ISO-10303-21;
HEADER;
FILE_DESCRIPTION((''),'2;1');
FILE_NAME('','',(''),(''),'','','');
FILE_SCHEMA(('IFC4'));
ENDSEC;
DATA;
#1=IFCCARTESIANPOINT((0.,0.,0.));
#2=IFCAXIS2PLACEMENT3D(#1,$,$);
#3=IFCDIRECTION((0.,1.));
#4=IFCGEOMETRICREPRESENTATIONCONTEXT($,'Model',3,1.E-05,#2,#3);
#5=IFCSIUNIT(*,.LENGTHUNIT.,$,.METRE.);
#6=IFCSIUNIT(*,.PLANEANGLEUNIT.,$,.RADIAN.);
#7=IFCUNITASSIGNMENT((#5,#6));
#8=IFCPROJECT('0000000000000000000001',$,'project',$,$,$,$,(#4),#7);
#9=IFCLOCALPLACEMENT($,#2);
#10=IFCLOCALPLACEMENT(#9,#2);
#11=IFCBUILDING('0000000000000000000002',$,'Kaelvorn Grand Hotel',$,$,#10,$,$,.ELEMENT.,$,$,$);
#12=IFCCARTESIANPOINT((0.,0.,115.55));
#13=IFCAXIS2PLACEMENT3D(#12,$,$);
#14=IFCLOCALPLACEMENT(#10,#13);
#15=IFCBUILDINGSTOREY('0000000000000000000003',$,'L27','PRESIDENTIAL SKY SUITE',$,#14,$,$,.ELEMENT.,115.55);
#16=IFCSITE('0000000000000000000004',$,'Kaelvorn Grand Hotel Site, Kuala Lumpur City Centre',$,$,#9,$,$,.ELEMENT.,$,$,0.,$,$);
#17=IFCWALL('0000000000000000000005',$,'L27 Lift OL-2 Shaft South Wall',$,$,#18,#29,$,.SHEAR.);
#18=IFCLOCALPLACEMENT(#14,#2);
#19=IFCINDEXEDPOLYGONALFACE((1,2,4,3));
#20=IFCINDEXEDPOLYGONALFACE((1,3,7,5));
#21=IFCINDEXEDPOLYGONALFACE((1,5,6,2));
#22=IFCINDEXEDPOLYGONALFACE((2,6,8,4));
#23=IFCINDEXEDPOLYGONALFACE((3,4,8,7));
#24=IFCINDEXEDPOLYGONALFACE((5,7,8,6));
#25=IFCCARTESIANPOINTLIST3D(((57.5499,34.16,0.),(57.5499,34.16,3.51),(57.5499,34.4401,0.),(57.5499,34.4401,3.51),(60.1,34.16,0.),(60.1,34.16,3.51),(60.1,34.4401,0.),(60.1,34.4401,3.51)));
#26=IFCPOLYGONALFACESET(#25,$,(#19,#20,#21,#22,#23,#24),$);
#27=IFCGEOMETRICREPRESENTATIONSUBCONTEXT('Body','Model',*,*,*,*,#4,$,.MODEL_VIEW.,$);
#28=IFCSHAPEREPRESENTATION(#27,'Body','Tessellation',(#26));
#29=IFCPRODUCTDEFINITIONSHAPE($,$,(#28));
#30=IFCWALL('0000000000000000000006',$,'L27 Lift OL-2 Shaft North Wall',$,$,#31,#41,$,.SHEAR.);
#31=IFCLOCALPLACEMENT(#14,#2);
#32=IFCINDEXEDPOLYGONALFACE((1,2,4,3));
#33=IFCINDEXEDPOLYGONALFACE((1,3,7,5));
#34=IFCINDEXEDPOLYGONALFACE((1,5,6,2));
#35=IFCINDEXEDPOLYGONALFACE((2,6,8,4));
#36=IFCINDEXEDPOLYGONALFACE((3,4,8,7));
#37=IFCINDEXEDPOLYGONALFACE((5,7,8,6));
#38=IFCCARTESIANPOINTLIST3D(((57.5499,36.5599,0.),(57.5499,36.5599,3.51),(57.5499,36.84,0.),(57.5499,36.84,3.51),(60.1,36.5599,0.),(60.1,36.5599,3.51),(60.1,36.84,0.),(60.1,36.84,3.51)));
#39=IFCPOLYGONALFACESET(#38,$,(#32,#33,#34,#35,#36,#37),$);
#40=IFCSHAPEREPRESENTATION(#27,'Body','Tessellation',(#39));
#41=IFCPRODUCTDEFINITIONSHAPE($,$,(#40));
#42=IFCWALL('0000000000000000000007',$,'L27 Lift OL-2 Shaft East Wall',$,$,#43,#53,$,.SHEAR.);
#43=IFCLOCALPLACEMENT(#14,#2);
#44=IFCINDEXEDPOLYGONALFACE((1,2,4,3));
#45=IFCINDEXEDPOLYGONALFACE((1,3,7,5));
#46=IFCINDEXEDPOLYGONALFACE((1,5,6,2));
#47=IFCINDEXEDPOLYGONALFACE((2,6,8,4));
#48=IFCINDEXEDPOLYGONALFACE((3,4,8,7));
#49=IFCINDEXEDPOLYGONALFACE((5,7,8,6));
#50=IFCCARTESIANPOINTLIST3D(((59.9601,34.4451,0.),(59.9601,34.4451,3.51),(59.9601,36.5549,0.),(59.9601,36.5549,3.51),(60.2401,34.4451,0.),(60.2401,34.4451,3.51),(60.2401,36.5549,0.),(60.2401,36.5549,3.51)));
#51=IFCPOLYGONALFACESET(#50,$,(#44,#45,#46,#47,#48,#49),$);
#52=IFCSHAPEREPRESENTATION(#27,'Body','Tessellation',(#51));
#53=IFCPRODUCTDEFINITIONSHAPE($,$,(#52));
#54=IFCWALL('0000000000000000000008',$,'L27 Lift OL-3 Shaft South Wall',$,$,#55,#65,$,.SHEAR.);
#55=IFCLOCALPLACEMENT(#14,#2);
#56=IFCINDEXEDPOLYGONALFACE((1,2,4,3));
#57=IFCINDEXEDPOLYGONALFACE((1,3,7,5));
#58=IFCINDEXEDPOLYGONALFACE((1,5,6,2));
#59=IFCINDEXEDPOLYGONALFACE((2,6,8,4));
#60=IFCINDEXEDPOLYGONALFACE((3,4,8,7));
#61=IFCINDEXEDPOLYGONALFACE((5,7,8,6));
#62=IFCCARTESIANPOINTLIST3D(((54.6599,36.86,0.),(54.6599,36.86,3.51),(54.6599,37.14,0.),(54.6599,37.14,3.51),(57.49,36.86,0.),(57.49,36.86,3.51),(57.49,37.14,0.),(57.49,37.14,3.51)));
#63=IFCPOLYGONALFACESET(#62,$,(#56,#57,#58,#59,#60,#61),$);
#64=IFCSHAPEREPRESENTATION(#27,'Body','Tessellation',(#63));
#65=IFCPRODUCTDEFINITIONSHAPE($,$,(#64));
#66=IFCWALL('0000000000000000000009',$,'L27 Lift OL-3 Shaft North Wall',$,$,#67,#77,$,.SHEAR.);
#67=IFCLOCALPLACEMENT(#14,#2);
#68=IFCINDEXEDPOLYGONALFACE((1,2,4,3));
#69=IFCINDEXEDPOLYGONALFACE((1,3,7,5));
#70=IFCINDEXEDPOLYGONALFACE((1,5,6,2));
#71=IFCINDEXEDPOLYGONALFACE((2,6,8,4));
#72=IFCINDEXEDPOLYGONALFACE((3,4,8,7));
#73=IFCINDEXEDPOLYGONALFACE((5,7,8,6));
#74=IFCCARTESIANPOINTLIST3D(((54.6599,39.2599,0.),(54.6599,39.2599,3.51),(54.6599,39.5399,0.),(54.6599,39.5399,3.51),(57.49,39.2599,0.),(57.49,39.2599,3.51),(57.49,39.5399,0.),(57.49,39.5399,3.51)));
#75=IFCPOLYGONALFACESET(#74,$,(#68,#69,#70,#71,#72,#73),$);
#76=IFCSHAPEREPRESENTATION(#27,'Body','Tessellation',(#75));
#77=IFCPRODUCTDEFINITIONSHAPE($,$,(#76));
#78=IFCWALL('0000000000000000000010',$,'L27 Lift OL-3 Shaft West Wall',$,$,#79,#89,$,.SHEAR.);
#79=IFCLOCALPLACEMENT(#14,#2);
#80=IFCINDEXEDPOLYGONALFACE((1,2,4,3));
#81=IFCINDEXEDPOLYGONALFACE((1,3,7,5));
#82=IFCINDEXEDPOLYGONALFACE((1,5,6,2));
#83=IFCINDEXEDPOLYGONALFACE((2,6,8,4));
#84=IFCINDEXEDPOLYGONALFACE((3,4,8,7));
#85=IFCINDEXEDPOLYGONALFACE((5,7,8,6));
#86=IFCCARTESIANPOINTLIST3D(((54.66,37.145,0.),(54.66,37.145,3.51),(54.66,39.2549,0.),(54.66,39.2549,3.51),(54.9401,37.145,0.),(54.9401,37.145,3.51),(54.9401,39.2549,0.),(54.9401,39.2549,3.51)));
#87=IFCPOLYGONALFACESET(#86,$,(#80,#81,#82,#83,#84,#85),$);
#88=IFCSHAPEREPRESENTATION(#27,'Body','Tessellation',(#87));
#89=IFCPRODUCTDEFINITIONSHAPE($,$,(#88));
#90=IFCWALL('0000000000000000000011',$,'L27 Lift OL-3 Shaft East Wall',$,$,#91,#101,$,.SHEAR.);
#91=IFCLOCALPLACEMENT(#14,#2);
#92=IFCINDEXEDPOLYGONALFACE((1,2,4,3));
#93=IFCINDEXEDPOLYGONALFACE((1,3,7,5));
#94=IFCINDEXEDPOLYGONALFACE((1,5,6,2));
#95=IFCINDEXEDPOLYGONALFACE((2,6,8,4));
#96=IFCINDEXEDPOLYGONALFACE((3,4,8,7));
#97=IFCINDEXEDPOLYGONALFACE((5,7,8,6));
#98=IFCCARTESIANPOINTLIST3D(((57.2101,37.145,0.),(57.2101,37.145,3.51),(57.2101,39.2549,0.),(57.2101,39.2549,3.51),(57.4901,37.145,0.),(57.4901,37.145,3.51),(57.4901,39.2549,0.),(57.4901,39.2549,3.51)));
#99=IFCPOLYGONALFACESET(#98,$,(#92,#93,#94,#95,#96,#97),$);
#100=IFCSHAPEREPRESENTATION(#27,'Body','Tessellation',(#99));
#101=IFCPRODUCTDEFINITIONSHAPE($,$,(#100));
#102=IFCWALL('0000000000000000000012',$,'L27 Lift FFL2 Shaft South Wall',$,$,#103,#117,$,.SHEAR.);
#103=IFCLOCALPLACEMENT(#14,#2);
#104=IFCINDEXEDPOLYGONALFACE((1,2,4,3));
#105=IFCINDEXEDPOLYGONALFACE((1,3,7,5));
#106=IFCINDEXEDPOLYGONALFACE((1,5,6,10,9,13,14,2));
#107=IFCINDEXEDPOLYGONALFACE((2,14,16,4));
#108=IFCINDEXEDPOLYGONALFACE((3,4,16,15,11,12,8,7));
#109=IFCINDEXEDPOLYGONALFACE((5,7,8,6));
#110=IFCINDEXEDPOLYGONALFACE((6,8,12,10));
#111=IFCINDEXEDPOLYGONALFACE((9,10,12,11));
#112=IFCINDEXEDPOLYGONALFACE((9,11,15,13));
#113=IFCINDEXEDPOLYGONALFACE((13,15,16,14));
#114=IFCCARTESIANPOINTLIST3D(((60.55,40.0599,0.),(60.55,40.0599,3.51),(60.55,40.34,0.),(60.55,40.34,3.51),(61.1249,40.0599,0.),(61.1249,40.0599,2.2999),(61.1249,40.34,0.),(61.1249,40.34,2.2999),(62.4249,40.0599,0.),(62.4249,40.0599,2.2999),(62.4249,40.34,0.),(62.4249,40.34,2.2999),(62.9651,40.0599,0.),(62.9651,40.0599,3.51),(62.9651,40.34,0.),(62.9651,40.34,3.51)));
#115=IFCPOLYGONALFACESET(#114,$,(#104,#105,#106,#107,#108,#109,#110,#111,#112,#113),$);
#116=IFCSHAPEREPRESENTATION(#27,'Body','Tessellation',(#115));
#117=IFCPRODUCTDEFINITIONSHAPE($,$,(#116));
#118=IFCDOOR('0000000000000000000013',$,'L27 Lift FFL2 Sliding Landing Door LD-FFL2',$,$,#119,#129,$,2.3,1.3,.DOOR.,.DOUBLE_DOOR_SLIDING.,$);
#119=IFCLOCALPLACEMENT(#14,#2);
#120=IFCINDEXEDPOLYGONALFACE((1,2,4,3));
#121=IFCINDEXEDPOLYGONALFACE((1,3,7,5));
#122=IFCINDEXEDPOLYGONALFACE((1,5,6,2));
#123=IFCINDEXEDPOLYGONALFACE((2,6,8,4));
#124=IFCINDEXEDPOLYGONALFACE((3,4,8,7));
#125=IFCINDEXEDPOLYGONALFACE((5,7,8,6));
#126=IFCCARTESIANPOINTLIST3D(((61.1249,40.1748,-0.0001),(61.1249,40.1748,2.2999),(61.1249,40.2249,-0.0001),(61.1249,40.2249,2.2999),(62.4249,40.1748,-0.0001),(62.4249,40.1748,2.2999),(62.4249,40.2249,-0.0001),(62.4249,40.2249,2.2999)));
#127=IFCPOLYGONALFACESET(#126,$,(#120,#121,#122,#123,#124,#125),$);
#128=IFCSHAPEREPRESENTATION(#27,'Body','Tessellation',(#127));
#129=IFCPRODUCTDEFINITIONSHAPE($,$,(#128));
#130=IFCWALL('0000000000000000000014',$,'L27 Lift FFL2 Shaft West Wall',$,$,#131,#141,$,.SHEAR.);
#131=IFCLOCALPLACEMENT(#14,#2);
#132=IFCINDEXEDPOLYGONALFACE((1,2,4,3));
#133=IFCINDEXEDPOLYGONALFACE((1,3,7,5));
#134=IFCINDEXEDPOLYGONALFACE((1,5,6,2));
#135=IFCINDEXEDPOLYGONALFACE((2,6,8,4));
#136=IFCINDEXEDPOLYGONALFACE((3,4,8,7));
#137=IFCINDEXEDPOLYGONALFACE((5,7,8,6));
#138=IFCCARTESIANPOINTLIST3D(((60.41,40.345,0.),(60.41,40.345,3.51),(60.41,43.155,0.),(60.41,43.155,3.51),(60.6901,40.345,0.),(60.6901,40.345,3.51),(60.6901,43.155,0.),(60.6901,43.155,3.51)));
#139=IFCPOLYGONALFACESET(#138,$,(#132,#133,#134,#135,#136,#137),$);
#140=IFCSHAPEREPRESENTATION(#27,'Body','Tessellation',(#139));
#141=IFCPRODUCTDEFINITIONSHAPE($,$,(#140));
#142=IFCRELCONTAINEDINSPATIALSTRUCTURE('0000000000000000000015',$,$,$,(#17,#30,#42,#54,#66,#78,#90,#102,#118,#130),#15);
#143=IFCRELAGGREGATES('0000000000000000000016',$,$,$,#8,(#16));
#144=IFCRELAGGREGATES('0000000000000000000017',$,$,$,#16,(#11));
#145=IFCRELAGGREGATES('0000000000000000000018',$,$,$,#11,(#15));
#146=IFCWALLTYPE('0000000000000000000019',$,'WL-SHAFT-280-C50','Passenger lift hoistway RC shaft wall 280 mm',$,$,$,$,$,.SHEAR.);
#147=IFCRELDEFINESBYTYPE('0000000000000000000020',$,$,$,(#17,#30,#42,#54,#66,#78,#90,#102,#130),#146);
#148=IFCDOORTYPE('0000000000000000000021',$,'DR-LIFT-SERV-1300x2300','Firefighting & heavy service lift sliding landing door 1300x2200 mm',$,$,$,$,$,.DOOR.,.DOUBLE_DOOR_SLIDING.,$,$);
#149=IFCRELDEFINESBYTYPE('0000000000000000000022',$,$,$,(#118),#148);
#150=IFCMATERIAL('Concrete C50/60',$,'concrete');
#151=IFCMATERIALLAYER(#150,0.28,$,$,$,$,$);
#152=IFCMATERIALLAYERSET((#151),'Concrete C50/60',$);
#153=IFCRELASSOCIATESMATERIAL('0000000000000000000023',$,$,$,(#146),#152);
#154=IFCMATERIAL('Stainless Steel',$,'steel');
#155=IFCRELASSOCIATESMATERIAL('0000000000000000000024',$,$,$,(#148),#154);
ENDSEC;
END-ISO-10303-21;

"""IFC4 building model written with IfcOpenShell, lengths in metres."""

from ifc_helpers import new_model, si_unit, direction, frame, frame_2d, origin, place, context, subcontext, project, spatial, rectangle, extrude, material, layer, layer_set, type_object, element, fill, save


model = new_model("IFC4")

# Units and contexts
model_context = context("Model", 3, precision=1e-05, world=origin(), true_north=direction((0.0, 1.0)))
body_context = subcontext(model_context, "Body", "Model", "MODEL_VIEW")
ifc_project = project(units=[si_unit("LENGTHUNIT", "METRE"), si_unit("PLANEANGLEUNIT", "RADIAN")], contexts=[model_context])

# Site, building, storey
site_placement = place(None, origin())
site = spatial("IfcSite", under=ifc_project, at=site_placement, Name="Kaelvorn Grand Hotel Site, Kuala Lumpur City Centre", CompositionType="ELEMENT", RefElevation=0.0)
building_placement = place(site_placement, origin())
building = spatial("IfcBuilding", under=site, at=building_placement, Name="Kaelvorn Grand Hotel", CompositionType="ELEMENT")
storey_placement = place(building_placement, frame((0.0, 0.0, 115.55)))
storey = spatial("IfcBuildingStorey", under=building, at=storey_placement, Name="L27", Description="PRESIDENTIAL SKY SUITE", CompositionType="ELEMENT", Elevation=115.55)

# Walls
ifc_material_1 = material(Name="Concrete C50/60", Category="concrete")
ifc_layer_1 = layer(ifc_material_1, 0.28)
ifc_layer_set_1 = layer_set([ifc_layer_1], Name="Concrete C50/60")
wall_type_1 = type_object("IfcWallType", Name="WL-SHAFT-280-C50", Description="Passenger lift hoistway RC shaft wall 280 mm", PredefinedType="SHEAR", material=ifc_layer_set_1)
for number, where, z_axis, x_axis, name in (
    (1, (57.55, 34.3, 0.0), (0.0, 0.0, 1.0), (1.0, 0.0, 0.0), "L27 Lift OL-2 Shaft South Wall"),
    (2, (57.55, 36.7, 0.0), (0.0, 0.0, 1.0), (1.0, 0.0, 0.0), "L27 Lift OL-2 Shaft North Wall"),
):
    element("IfcWall", number, at=place(storey_placement, frame(where, z_axis=z_axis, x_axis=x_axis)), inside=storey, type_object=wall_type_1, Name=name, PredefinedType="SHEAR", context=body_context, shape_type="SweptSolid", body=[
        extrude(rectangle(XDim=2.55, YDim=0.28, at=frame_2d((1.2749, 0.0))), origin(), (0.0, 0.0, 1.0), 3.51),
    ])
wall_1_placement = place(storey_placement, frame((60.1001, 34.4451, 0.0), z_axis=(0.0, 0.0, 1.0), x_axis=(0.0, 1.0, 0.0)))
element("IfcWall", 3, at=wall_1_placement, inside=storey, type_object=wall_type_1, Name="L27 Lift OL-2 Shaft East Wall", PredefinedType="SHEAR", context=body_context, shape_type="SweptSolid", body=[
    extrude(rectangle(XDim=2.1099, YDim=0.28, at=frame_2d((1.0549, 0.0))), origin(), (0.0, 0.0, 1.0), 3.51),
])
for number, where, z_axis, x_axis, name in (
    (4, (54.6599, 37.0, 0.0), (0.0, 0.0, 1.0), (1.0, 0.0, 0.0), "L27 Lift OL-3 Shaft South Wall"),
    (5, (54.6599, 39.3999, 0.0), (0.0, 0.0, 1.0), (1.0, 0.0, 0.0), "L27 Lift OL-3 Shaft North Wall"),
):
    element("IfcWall", number, at=place(storey_placement, frame(where, z_axis=z_axis, x_axis=x_axis)), inside=storey, type_object=wall_type_1, Name=name, PredefinedType="SHEAR", context=body_context, shape_type="SweptSolid", body=[
        extrude(rectangle(XDim=2.8301, YDim=0.28, at=frame_2d((1.415, 0.0))), origin(), (0.0, 0.0, 1.0), 3.51),
    ])
for number, where, z_axis, x_axis, name in (
    (6, (54.8, 37.145, 0.0), (0.0, 0.0, 1.0), (0.0, 1.0, 0.0), "L27 Lift OL-3 Shaft West Wall"),
    (7, (57.3501, 37.145, 0.0), (0.0, 0.0, 1.0), (0.0, 1.0, 0.0), "L27 Lift OL-3 Shaft East Wall"),
):
    element("IfcWall", number, at=place(storey_placement, frame(where, z_axis=z_axis, x_axis=x_axis)), inside=storey, type_object=wall_type_1, Name=name, PredefinedType="SHEAR", context=body_context, shape_type="SweptSolid", body=[
        extrude(rectangle(XDim=2.1099, YDim=0.28, at=frame_2d((1.0549, 0.0))), origin(), (0.0, 0.0, 1.0), 3.51),
    ])

# Wall, opening, door
wall_2_placement = place(storey_placement, frame((60.55, 40.2, 0.0), z_axis=(0.0, 0.0, 1.0), x_axis=(1.0, 0.0, 0.0)))
wall_2 = element("IfcWall", 8, at=wall_2_placement, inside=storey, type_object=wall_type_1, Name="L27 Lift FFL2 Shaft South Wall", PredefinedType="SHEAR", context=body_context, shape_type="SweptSolid", body=[
    extrude(rectangle(XDim=2.415, YDim=0.28, at=frame_2d((1.2075, 0.0))), origin(), (0.0, 0.0, 1.0), 3.51),
])
opening_1_placement = place(wall_2_placement, frame((0.575, 0.0, 0.0)))
opening_1 = element("IfcOpeningElement", 9, at=opening_1_placement, cuts=wall_2, PredefinedType="OPENING", context=body_context, shape_type="SweptSolid", body=[
    extrude(rectangle(XDim=1.3, YDim=2.3, at=frame_2d((0.6499, 1.1499))), frame((0.0, 0.1499, 0.0), z_axis=(0.0, -1.0, 0.0), x_axis=(1.0, 0.0, 0.0)), (0.0, 0.0, 1.0), 0.3),
])
ifc_material_2 = material(Name="Stainless Steel", Category="steel")
door_type_1 = type_object("IfcDoorType", Name="DR-LIFT-SERV-1300x2300", Description="Firefighting & heavy service lift sliding landing door 1300x2200 mm", OperationType="DOUBLE_DOOR_SLIDING", PredefinedType="DOOR", material=ifc_material_2)
door_1_placement = place(opening_1_placement, origin())
door_1 = element("IfcDoor", 10, at=door_1_placement, inside=storey, type_object=door_type_1, Name="L27 Lift FFL2 Sliding Landing Door LD-FFL2", OperationType="DOUBLE_DOOR_SLIDING", OverallHeight=2.3, OverallWidth=1.3, PredefinedType="DOOR", context=body_context, shape_type="SweptSolid", body=[
    extrude(rectangle(XDim=1.3, YDim=2.3, at=frame_2d((0.6499, 1.1499))), frame((0.0, 0.0249, 0.0), z_axis=(0.0, -1.0, 0.0), x_axis=(1.0, 0.0, 0.0)), (0.0, 0.0, 1.0), 0.05),
])
fill(opening_1, door_1)

# Wall
wall_3_placement = place(storey_placement, frame((60.55, 40.345, 0.0), z_axis=(0.0, 0.0, 1.0), x_axis=(0.0, 1.0, 0.0)))
element("IfcWall", 11, at=wall_3_placement, inside=storey, type_object=wall_type_1, Name="L27 Lift FFL2 Shaft West Wall", PredefinedType="SHEAR", context=body_context, shape_type="SweptSolid", body=[
    extrude(rectangle(XDim=2.8101, YDim=0.28, at=frame_2d((1.405, 0.0))), origin(), (0.0, 0.0, 1.0), 3.51),
])

save(model, "model.ifc")
